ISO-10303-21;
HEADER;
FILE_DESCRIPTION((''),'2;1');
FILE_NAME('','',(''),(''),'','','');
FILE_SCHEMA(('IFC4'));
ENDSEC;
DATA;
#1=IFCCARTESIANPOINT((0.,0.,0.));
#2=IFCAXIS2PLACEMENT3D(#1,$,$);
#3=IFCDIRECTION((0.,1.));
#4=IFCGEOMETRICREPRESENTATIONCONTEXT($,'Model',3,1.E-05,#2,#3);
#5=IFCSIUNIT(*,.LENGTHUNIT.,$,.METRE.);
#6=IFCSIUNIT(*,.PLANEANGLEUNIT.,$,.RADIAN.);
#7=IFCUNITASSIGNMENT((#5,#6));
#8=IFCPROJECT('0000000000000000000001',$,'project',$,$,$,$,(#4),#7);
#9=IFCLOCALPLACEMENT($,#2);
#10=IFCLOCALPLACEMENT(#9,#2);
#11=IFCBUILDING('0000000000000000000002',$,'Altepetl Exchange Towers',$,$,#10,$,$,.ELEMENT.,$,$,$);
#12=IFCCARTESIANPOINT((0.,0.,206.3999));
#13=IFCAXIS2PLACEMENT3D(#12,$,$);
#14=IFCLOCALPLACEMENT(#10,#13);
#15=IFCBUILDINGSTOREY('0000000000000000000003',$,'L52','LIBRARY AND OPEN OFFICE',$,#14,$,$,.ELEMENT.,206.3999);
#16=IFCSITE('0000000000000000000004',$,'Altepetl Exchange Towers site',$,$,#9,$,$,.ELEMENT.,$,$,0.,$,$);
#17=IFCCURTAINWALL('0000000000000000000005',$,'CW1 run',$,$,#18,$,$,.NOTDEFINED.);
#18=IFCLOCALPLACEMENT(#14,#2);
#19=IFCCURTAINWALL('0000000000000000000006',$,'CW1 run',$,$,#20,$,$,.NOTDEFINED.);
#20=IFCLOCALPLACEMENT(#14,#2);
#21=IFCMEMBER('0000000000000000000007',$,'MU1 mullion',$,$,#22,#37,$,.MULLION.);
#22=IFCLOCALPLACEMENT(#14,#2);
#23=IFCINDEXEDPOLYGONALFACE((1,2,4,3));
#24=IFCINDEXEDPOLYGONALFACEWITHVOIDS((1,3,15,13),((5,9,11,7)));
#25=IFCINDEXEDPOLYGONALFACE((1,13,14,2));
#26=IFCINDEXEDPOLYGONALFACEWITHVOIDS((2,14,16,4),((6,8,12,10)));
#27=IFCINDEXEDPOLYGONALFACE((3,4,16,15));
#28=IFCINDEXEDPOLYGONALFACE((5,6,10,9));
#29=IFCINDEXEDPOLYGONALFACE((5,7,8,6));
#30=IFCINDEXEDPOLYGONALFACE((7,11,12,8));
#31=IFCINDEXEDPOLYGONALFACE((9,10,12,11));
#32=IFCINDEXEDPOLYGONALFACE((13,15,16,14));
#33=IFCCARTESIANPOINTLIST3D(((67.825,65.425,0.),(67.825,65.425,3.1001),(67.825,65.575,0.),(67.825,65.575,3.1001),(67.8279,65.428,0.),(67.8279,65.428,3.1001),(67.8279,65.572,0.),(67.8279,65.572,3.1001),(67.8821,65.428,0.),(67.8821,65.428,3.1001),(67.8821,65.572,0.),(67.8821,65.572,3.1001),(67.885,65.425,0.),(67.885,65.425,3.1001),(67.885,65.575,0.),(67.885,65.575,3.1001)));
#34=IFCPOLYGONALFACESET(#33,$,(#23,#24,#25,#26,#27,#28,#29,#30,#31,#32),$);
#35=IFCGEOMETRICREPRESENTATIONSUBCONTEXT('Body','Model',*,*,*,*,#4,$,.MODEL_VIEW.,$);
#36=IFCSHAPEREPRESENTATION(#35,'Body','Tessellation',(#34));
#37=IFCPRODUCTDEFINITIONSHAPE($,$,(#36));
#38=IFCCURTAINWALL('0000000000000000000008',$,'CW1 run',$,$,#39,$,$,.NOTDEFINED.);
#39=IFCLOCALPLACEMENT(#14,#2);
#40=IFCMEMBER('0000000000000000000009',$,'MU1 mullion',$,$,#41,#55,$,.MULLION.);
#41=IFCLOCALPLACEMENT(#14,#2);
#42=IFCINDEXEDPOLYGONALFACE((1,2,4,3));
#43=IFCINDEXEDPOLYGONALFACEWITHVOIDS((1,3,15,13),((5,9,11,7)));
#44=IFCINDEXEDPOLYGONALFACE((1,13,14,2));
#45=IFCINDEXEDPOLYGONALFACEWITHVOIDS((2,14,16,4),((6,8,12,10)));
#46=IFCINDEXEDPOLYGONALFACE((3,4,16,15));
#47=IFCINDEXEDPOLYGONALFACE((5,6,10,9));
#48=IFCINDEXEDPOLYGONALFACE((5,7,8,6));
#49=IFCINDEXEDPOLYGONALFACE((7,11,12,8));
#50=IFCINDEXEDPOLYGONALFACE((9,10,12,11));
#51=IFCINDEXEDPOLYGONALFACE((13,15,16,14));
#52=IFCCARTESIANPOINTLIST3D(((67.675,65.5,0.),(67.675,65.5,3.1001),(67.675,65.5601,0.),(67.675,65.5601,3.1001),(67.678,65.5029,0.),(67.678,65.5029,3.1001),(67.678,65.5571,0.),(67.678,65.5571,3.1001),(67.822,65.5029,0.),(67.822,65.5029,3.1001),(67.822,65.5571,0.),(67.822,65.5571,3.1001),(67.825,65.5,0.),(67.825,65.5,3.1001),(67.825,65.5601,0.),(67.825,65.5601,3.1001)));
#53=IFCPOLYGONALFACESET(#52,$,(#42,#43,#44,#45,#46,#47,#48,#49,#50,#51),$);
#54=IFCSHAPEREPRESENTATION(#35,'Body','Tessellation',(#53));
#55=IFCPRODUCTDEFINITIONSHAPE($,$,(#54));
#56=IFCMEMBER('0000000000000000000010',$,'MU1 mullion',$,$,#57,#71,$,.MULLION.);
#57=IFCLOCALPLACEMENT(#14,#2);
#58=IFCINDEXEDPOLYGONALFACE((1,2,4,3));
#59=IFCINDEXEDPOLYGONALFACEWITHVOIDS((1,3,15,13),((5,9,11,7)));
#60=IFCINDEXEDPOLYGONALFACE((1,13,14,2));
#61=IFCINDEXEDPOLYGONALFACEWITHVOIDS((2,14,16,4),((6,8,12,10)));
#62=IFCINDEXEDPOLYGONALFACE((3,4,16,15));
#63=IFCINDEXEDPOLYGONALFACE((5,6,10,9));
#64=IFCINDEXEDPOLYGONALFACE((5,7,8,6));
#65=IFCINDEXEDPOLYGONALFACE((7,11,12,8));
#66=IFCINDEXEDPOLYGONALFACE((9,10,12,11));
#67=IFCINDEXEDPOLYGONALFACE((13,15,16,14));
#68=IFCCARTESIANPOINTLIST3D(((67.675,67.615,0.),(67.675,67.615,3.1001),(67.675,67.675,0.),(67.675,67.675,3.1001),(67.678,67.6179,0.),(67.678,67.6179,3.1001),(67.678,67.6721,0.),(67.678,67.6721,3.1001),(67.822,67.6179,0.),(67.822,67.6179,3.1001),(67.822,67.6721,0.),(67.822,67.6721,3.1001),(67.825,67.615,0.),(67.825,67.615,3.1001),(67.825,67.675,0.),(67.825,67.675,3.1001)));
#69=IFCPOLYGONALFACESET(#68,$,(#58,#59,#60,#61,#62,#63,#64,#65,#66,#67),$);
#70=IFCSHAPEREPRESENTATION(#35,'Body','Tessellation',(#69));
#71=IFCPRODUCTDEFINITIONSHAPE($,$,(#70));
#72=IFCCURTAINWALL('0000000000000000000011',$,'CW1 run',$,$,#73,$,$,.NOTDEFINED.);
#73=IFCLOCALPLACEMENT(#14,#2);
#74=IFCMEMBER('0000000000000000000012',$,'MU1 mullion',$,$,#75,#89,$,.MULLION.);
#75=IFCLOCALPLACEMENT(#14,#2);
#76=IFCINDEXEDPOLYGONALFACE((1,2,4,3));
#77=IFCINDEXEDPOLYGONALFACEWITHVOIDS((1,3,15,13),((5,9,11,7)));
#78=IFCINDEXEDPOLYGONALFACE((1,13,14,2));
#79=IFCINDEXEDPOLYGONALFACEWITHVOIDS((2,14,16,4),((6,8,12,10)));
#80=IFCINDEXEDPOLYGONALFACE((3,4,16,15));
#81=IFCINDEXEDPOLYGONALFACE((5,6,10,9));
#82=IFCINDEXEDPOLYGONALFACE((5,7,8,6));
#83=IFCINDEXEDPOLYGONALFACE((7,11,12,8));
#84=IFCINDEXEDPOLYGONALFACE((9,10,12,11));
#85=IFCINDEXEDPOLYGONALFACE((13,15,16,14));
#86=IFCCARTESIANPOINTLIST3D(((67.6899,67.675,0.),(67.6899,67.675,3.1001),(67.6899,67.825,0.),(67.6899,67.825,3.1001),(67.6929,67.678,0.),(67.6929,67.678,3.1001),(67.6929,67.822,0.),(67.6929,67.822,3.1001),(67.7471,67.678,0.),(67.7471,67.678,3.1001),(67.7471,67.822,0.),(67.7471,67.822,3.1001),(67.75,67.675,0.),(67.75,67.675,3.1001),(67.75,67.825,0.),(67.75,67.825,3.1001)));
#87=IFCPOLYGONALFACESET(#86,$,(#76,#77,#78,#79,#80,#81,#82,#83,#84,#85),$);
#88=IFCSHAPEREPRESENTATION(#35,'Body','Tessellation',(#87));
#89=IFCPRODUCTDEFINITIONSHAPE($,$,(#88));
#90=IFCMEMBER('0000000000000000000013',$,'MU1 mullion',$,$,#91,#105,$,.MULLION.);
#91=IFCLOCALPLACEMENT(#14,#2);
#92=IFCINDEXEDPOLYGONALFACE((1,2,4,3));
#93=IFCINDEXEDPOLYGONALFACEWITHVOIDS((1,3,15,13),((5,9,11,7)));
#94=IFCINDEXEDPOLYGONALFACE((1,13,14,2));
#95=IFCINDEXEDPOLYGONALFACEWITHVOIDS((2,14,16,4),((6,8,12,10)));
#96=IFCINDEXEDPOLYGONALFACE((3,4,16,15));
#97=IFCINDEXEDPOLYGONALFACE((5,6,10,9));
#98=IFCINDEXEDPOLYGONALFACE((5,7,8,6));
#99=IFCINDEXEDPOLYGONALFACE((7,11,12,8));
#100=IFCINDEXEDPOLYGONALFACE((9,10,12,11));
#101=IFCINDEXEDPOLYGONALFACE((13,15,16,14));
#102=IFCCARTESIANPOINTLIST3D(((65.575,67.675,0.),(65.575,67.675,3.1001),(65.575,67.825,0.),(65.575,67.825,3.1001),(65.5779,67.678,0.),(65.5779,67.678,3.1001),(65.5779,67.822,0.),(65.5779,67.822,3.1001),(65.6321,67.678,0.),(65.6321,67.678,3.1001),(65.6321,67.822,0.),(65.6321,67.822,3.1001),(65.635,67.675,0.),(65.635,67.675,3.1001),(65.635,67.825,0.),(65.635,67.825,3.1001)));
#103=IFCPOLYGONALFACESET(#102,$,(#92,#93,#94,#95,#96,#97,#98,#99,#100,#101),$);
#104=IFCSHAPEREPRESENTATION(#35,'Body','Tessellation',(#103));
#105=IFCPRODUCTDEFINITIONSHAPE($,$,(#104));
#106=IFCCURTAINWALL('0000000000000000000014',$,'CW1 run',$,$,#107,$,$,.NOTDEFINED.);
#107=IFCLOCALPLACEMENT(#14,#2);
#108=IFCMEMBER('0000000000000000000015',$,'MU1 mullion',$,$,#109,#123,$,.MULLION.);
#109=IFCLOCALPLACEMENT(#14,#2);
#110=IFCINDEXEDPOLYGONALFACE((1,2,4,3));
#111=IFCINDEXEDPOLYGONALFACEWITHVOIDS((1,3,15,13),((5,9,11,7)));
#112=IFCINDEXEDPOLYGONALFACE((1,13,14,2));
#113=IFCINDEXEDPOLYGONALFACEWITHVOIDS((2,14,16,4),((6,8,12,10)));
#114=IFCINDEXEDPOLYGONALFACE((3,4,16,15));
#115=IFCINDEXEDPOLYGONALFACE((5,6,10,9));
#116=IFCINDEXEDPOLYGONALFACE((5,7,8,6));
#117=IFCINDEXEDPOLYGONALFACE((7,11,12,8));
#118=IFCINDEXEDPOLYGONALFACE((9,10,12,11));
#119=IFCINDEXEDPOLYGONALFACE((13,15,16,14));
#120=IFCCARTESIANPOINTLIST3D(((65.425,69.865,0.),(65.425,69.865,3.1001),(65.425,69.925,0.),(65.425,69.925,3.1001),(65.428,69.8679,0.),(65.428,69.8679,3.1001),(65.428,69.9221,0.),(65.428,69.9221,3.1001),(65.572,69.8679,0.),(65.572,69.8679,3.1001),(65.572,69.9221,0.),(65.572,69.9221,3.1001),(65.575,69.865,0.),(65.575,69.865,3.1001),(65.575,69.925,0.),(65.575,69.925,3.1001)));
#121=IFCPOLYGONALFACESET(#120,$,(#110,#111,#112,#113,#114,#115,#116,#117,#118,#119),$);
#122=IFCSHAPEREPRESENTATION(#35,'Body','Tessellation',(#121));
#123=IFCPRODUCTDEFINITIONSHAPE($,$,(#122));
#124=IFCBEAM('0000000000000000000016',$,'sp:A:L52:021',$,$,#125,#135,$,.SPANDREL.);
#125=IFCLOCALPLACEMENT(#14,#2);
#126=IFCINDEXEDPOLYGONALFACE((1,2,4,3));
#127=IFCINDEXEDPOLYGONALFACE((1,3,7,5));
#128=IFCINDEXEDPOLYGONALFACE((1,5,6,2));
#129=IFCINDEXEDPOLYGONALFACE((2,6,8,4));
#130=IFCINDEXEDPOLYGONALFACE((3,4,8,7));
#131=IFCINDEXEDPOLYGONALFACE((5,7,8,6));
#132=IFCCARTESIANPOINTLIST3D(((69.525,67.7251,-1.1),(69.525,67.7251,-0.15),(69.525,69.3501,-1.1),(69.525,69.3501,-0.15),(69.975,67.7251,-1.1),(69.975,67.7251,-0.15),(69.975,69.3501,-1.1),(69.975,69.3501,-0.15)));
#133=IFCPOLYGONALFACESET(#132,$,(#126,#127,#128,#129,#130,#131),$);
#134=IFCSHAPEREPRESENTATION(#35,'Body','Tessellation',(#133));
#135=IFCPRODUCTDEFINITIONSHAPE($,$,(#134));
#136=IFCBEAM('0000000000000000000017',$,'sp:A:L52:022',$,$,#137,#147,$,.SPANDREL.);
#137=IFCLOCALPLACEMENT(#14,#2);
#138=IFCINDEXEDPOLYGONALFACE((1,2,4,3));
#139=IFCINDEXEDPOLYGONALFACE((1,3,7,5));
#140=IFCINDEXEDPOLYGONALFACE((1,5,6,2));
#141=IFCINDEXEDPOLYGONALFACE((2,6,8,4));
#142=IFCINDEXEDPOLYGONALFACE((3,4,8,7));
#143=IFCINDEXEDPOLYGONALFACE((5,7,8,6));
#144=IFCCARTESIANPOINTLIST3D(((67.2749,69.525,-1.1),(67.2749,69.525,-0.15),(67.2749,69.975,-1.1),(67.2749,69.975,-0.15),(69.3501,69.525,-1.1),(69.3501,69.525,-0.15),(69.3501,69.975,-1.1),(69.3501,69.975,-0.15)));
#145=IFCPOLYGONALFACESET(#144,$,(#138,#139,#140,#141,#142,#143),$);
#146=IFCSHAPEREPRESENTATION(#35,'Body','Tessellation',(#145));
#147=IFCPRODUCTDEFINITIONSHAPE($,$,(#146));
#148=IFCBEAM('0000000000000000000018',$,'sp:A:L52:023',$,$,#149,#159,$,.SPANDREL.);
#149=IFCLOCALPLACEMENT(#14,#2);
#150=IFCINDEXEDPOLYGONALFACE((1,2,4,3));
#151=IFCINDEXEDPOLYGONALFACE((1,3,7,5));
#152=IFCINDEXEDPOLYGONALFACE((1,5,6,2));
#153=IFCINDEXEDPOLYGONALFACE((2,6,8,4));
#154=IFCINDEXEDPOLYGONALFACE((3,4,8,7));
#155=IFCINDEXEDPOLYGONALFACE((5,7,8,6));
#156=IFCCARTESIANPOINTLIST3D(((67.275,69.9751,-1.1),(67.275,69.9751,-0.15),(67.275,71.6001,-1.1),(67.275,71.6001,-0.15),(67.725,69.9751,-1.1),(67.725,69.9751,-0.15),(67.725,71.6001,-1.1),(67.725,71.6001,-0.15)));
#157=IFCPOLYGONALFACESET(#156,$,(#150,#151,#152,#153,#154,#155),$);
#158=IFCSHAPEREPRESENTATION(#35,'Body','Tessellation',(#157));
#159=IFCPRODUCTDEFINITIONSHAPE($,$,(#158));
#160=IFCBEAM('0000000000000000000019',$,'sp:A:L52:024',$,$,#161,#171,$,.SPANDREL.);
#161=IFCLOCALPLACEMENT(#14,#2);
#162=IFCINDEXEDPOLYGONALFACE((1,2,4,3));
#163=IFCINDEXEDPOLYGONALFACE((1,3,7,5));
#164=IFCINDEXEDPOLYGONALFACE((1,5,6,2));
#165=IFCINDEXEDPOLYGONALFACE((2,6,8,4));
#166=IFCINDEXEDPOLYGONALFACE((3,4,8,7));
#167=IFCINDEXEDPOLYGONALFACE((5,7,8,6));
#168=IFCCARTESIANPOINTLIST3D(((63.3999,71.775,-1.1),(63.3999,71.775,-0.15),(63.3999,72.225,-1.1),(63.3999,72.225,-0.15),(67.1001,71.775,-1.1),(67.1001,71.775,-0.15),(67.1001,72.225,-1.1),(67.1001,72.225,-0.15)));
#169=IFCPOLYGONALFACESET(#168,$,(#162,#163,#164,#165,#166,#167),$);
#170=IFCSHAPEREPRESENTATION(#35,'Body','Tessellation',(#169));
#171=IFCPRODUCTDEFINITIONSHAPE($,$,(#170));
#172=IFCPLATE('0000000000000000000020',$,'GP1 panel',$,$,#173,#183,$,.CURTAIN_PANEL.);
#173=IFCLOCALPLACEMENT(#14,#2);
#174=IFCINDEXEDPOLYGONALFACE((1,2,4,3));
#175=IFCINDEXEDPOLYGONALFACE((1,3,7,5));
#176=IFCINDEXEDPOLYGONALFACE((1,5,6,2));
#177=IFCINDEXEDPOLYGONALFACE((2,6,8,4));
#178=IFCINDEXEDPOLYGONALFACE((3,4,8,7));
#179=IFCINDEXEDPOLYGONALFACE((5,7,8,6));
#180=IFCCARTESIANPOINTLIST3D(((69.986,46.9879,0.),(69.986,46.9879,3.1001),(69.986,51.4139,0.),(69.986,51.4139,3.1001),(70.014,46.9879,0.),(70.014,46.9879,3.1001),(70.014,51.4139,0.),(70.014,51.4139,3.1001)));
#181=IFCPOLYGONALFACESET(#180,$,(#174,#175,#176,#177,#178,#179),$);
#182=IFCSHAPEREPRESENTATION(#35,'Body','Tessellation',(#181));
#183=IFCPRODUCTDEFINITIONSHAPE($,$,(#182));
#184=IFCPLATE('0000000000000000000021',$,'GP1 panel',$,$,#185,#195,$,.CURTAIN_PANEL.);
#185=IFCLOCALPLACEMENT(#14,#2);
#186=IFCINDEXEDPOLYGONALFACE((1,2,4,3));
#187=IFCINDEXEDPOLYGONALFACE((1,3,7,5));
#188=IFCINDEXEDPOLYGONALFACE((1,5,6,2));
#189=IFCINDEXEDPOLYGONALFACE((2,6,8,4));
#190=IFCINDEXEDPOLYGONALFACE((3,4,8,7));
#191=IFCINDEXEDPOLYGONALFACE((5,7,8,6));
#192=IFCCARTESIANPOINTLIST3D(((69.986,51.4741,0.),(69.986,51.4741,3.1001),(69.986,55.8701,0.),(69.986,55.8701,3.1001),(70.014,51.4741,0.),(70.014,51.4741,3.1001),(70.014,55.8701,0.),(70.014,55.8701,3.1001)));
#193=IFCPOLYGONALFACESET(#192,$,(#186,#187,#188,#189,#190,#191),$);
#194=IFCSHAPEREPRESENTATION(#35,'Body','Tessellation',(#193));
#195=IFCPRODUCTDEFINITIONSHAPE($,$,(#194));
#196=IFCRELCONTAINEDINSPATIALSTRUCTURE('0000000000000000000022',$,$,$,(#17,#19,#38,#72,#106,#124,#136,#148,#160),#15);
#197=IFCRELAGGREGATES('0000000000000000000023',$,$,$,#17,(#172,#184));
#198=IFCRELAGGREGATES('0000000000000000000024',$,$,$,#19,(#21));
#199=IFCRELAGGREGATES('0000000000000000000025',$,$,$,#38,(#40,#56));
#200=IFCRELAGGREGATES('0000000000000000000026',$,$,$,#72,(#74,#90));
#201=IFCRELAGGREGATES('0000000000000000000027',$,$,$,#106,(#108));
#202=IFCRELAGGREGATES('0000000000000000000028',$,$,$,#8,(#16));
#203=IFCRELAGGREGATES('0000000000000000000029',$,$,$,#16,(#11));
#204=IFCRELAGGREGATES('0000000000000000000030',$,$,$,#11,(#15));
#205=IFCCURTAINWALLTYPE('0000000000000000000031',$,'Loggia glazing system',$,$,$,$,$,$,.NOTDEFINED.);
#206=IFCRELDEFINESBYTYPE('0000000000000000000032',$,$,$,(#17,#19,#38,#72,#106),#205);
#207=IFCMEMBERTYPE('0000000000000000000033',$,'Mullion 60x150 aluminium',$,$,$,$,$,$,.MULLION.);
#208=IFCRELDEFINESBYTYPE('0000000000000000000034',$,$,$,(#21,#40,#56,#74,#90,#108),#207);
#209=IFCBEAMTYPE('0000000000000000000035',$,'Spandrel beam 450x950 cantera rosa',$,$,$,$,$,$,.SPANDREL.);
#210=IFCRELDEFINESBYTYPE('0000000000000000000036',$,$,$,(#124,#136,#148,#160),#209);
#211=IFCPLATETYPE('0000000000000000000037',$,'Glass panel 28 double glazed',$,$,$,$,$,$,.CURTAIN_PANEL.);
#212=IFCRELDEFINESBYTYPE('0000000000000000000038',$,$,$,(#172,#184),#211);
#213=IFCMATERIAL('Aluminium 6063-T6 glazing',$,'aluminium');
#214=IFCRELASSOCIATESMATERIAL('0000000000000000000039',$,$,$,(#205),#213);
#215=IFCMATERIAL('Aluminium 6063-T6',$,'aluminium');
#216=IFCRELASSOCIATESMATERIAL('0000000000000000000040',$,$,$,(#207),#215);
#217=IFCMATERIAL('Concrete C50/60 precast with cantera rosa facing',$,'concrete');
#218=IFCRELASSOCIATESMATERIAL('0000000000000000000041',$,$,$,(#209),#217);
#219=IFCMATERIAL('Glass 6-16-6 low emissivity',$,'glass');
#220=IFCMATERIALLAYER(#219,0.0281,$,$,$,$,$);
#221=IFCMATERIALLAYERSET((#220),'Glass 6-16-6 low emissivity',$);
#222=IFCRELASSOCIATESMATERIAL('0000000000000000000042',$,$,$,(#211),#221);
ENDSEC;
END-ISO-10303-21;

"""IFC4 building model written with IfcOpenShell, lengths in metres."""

from ifc_helpers import new_model, si_unit, direction, frame, origin, origin_2d, place, context, subcontext, project, spatial, rectangle, hollow_rectangle, extrude, material, layer, layer_set, material_profile, profile_set, type_object, element, aggregate, save


model = new_model("IFC4")

# Units and contexts
model_context = context("Model", 3, precision=1e-05, world=origin(), true_north=direction((0.0, 1.0)))
body_context = subcontext(model_context, "Body", "Model", "MODEL_VIEW")
ifc_project = project(units=[si_unit("LENGTHUNIT", "METRE"), si_unit("PLANEANGLEUNIT", "RADIAN")], contexts=[model_context])

# Site, building, storey
site_placement = place(None, origin())
site = spatial("IfcSite", under=ifc_project, at=site_placement, Name="Altepetl Exchange Towers site", CompositionType="ELEMENT", RefElevation=0.0)
building_placement = place(site_placement, origin())
building = spatial("IfcBuilding", under=site, at=building_placement, Name="Altepetl Exchange Towers", CompositionType="ELEMENT")
storey_placement = place(building_placement, frame((0.0, 0.0, 206.3999)))
storey = spatial("IfcBuildingStorey", under=building, at=storey_placement, Name="L52", Description="LIBRARY AND OPEN OFFICE", CompositionType="ELEMENT", Elevation=206.3999)

# Curtain wall
ifc_material_1 = material(Name="Aluminium 6063-T6 glazing", Category="aluminium")
curtain_wall_type = type_object("IfcCurtainWallType", Name="Loggia glazing system", PredefinedType="NOTDEFINED", material=ifc_material_1)
curtain_wall_1_placement = place(storey_placement, origin())
curtain_wall_1 = element("IfcCurtainWall", 1, at=curtain_wall_1_placement, inside=storey, type_object=curtain_wall_type, Name="CW1 run", PredefinedType="NOTDEFINED")
ifc_material_2 = material(Name="Aluminium 6063-T6", Category="aluminium")
ifc_material_profile_1 = material_profile(ifc_material_2, hollow_rectangle(XDim=0.0601, YDim=0.1499, WallThickness=0.0029, at=origin_2d()), Name="Mullion 60x150 aluminium")
ifc_profile_set_1 = profile_set([ifc_material_profile_1], Name="Aluminium 6063-T6")
member_type = type_object("IfcMemberType", Name="Mullion 60x150 aluminium", PredefinedType="MULLION", material=ifc_profile_set_1)

# Curtain walls, members
curtain_wall_2_placement = place(storey_placement, origin())
curtain_wall_2 = element("IfcCurtainWall", 2, at=curtain_wall_2_placement, inside=storey, type_object=curtain_wall_type, Name="CW1 run", PredefinedType="NOTDEFINED")
member_1_placement = place(storey_placement, frame((67.855, 65.5, 0.0), z_axis=(0.0, 0.0, 1.0), x_axis=(-1.0, 0.0, 0.0)))
member_1 = element("IfcMember", 3, at=member_1_placement, type_object=member_type, Name="MU1 mullion", PredefinedType="MULLION", context=body_context, shape_type="SweptSolid", body=[
    extrude(hollow_rectangle(XDim=0.0601, YDim=0.1499, WallThickness=0.0029, at=origin_2d()), origin(), (0.0, 0.0, 1.0), 3.1001),
])
curtain_wall_3_placement = place(storey_placement, origin())
curtain_wall_3 = element("IfcCurtainWall", 4, at=curtain_wall_3_placement, inside=storey, type_object=curtain_wall_type, Name="CW1 run", PredefinedType="NOTDEFINED")
member_2_placement = place(storey_placement, frame((67.75, 65.53, 0.0), z_axis=(0.0, 0.0, 1.0), x_axis=(0.0, 1.0, 0.0)))
member_2 = element("IfcMember", 5, at=member_2_placement, type_object=member_type, Name="MU1 mullion", PredefinedType="MULLION", context=body_context, shape_type="SweptSolid", body=[
    extrude(hollow_rectangle(XDim=0.0601, YDim=0.1499, WallThickness=0.0029, at=origin_2d()), origin(), (0.0, 0.0, 1.0), 3.1001),
])
member_3_placement = place(storey_placement, frame((67.75, 67.645, 0.0), z_axis=(0.0, 0.0, 1.0), x_axis=(0.0, 1.0, 0.0)))
member_3 = element("IfcMember", 6, at=member_3_placement, type_object=member_type, Name="MU1 mullion", PredefinedType="MULLION", context=body_context, shape_type="SweptSolid", body=[
    extrude(hollow_rectangle(XDim=0.0601, YDim=0.1499, WallThickness=0.0029, at=origin_2d()), origin(), (0.0, 0.0, 1.0), 3.1001),
])
curtain_wall_4_placement = place(storey_placement, origin())
curtain_wall_4 = element("IfcCurtainWall", 7, at=curtain_wall_4_placement, inside=storey, type_object=curtain_wall_type, Name="CW1 run", PredefinedType="NOTDEFINED")
member_4_placement = place(storey_placement, frame((67.72, 67.75, 0.0), z_axis=(0.0, 0.0, 1.0), x_axis=(-1.0, 0.0, 0.0)))
member_4 = element("IfcMember", 8, at=member_4_placement, type_object=member_type, Name="MU1 mullion", PredefinedType="MULLION", context=body_context, shape_type="SweptSolid", body=[
    extrude(hollow_rectangle(XDim=0.0601, YDim=0.1499, WallThickness=0.0029, at=origin_2d()), origin(), (0.0, 0.0, 1.0), 3.1001),
])
member_5_placement = place(storey_placement, frame((65.605, 67.75, 0.0), z_axis=(0.0, 0.0, 1.0), x_axis=(-1.0, 0.0, 0.0)))
member_5 = element("IfcMember", 9, at=member_5_placement, type_object=member_type, Name="MU1 mullion", PredefinedType="MULLION", context=body_context, shape_type="SweptSolid", body=[
    extrude(hollow_rectangle(XDim=0.0601, YDim=0.1499, WallThickness=0.0029, at=origin_2d()), origin(), (0.0, 0.0, 1.0), 3.1001),
])

# Curtain wall, member
curtain_wall_5_placement = place(storey_placement, origin())
curtain_wall_5 = element("IfcCurtainWall", 10, at=curtain_wall_5_placement, inside=storey, type_object=curtain_wall_type, Name="CW1 run", PredefinedType="NOTDEFINED")
member_6_placement = place(storey_placement, frame((65.5, 69.895, 0.0), z_axis=(0.0, 0.0, 1.0), x_axis=(0.0, 1.0, 0.0)))
member_6 = element("IfcMember", 11, at=member_6_placement, type_object=member_type, Name="MU1 mullion", PredefinedType="MULLION", context=body_context, shape_type="SweptSolid", body=[
    extrude(hollow_rectangle(XDim=0.0601, YDim=0.1499, WallThickness=0.0029, at=origin_2d()), origin(), (0.0, 0.0, 1.0), 3.1001),
])

# Beams
ifc_material_3 = material(Name="Concrete C50/60 precast with cantera rosa facing", Category="concrete")
ifc_material_profile_2 = material_profile(ifc_material_3, rectangle(XDim=0.45, YDim=0.95, at=origin_2d()), Name="450 x 950")
ifc_profile_set_2 = profile_set([ifc_material_profile_2], Name="Concrete C50/60 precast with cantera rosa facing")
beam_type_1 = type_object("IfcBeamType", Name="Spandrel beam 450x950 cantera rosa", PredefinedType="SPANDREL", material=ifc_profile_set_2)
beam_1_placement = place(storey_placement, frame((69.75, 67.7251, -0.625), z_axis=(0.0, 1.0, 0.0), x_axis=(-1.0, 0.0, 0.0)))
element("IfcBeam", 12, at=beam_1_placement, inside=storey, type_object=beam_type_1, Name="sp:A:L52:021", PredefinedType="SPANDREL", context=body_context, shape_type="SweptSolid", body=[
    extrude(rectangle(XDim=0.45, YDim=0.95, at=origin_2d()), origin(), (0.0, 0.0, 1.0), 1.625),
])
beam_2_placement = place(storey_placement, frame((69.3501, 69.75, -0.625), z_axis=(-1.0, 0.0, 0.0), x_axis=(0.0, -1.0, 0.0)))
element("IfcBeam", 13, at=beam_2_placement, inside=storey, type_object=beam_type_1, Name="sp:A:L52:022", PredefinedType="SPANDREL", context=body_context, shape_type="SweptSolid", body=[
    extrude(rectangle(XDim=0.45, YDim=0.95, at=origin_2d()), origin(), (0.0, 0.0, 1.0), 2.0752),
])
beam_3_placement = place(storey_placement, frame((67.5, 69.9751, -0.625), z_axis=(0.0, 1.0, 0.0), x_axis=(-1.0, 0.0, 0.0)))
element("IfcBeam", 14, at=beam_3_placement, inside=storey, type_object=beam_type_1, Name="sp:A:L52:023", PredefinedType="SPANDREL", context=body_context, shape_type="SweptSolid", body=[
    extrude(rectangle(XDim=0.45, YDim=0.95, at=origin_2d()), origin(), (0.0, 0.0, 1.0), 1.625),
])
beam_4_placement = place(storey_placement, frame((67.1001, 72.0, -0.625), z_axis=(-1.0, 0.0, 0.0), x_axis=(0.0, -1.0, 0.0)))
element("IfcBeam", 15, at=beam_4_placement, inside=storey, type_object=beam_type_1, Name="sp:A:L52:024", PredefinedType="SPANDREL", context=body_context, shape_type="SweptSolid", body=[
    extrude(rectangle(XDim=0.45, YDim=0.95, at=origin_2d()), origin(), (0.0, 0.0, 1.0), 3.7002),
])

# Plates
ifc_material_4 = material(Name="Glass 6-16-6 low emissivity", Category="glass")
ifc_layer_1 = layer(ifc_material_4, 0.0281)
ifc_layer_set_1 = layer_set([ifc_layer_1], Name="Glass 6-16-6 low emissivity")
plate_type = type_object("IfcPlateType", Name="Glass panel 28 double glazed", PredefinedType="CURTAIN_PANEL", material=ifc_layer_set_1)
plate_1_placement = place(storey_placement, frame((70.0, 49.2009, 0.0), z_axis=(0.0, 0.0, 1.0), x_axis=(0.0, 1.0, 0.0)))
plate_1 = element("IfcPlate", 16, at=plate_1_placement, type_object=plate_type, Name="GP1 panel", PredefinedType="CURTAIN_PANEL", context=body_context, shape_type="SweptSolid", body=[
    extrude(rectangle(XDim=4.426, YDim=0.0281, at=origin_2d()), origin(), (0.0, 0.0, 1.0), 3.1001),
])
plate_2_placement = place(storey_placement, frame((70.0, 53.6721, 0.0), z_axis=(0.0, 0.0, 1.0), x_axis=(0.0, 1.0, 0.0)))
plate_2 = element("IfcPlate", 17, at=plate_2_placement, type_object=plate_type, Name="GP1 panel", PredefinedType="CURTAIN_PANEL", context=body_context, shape_type="SweptSolid", body=[
    extrude(rectangle(XDim=4.396, YDim=0.0281, at=origin_2d()), origin(), (0.0, 0.0, 1.0), 3.1001),
])
aggregate(curtain_wall_1, [plate_1, plate_2])
aggregate(curtain_wall_2, [member_1])
aggregate(curtain_wall_3, [member_2, member_3])
aggregate(curtain_wall_4, [member_4, member_5])
aggregate(curtain_wall_5, [member_6])

save(model, "model.ifc")
